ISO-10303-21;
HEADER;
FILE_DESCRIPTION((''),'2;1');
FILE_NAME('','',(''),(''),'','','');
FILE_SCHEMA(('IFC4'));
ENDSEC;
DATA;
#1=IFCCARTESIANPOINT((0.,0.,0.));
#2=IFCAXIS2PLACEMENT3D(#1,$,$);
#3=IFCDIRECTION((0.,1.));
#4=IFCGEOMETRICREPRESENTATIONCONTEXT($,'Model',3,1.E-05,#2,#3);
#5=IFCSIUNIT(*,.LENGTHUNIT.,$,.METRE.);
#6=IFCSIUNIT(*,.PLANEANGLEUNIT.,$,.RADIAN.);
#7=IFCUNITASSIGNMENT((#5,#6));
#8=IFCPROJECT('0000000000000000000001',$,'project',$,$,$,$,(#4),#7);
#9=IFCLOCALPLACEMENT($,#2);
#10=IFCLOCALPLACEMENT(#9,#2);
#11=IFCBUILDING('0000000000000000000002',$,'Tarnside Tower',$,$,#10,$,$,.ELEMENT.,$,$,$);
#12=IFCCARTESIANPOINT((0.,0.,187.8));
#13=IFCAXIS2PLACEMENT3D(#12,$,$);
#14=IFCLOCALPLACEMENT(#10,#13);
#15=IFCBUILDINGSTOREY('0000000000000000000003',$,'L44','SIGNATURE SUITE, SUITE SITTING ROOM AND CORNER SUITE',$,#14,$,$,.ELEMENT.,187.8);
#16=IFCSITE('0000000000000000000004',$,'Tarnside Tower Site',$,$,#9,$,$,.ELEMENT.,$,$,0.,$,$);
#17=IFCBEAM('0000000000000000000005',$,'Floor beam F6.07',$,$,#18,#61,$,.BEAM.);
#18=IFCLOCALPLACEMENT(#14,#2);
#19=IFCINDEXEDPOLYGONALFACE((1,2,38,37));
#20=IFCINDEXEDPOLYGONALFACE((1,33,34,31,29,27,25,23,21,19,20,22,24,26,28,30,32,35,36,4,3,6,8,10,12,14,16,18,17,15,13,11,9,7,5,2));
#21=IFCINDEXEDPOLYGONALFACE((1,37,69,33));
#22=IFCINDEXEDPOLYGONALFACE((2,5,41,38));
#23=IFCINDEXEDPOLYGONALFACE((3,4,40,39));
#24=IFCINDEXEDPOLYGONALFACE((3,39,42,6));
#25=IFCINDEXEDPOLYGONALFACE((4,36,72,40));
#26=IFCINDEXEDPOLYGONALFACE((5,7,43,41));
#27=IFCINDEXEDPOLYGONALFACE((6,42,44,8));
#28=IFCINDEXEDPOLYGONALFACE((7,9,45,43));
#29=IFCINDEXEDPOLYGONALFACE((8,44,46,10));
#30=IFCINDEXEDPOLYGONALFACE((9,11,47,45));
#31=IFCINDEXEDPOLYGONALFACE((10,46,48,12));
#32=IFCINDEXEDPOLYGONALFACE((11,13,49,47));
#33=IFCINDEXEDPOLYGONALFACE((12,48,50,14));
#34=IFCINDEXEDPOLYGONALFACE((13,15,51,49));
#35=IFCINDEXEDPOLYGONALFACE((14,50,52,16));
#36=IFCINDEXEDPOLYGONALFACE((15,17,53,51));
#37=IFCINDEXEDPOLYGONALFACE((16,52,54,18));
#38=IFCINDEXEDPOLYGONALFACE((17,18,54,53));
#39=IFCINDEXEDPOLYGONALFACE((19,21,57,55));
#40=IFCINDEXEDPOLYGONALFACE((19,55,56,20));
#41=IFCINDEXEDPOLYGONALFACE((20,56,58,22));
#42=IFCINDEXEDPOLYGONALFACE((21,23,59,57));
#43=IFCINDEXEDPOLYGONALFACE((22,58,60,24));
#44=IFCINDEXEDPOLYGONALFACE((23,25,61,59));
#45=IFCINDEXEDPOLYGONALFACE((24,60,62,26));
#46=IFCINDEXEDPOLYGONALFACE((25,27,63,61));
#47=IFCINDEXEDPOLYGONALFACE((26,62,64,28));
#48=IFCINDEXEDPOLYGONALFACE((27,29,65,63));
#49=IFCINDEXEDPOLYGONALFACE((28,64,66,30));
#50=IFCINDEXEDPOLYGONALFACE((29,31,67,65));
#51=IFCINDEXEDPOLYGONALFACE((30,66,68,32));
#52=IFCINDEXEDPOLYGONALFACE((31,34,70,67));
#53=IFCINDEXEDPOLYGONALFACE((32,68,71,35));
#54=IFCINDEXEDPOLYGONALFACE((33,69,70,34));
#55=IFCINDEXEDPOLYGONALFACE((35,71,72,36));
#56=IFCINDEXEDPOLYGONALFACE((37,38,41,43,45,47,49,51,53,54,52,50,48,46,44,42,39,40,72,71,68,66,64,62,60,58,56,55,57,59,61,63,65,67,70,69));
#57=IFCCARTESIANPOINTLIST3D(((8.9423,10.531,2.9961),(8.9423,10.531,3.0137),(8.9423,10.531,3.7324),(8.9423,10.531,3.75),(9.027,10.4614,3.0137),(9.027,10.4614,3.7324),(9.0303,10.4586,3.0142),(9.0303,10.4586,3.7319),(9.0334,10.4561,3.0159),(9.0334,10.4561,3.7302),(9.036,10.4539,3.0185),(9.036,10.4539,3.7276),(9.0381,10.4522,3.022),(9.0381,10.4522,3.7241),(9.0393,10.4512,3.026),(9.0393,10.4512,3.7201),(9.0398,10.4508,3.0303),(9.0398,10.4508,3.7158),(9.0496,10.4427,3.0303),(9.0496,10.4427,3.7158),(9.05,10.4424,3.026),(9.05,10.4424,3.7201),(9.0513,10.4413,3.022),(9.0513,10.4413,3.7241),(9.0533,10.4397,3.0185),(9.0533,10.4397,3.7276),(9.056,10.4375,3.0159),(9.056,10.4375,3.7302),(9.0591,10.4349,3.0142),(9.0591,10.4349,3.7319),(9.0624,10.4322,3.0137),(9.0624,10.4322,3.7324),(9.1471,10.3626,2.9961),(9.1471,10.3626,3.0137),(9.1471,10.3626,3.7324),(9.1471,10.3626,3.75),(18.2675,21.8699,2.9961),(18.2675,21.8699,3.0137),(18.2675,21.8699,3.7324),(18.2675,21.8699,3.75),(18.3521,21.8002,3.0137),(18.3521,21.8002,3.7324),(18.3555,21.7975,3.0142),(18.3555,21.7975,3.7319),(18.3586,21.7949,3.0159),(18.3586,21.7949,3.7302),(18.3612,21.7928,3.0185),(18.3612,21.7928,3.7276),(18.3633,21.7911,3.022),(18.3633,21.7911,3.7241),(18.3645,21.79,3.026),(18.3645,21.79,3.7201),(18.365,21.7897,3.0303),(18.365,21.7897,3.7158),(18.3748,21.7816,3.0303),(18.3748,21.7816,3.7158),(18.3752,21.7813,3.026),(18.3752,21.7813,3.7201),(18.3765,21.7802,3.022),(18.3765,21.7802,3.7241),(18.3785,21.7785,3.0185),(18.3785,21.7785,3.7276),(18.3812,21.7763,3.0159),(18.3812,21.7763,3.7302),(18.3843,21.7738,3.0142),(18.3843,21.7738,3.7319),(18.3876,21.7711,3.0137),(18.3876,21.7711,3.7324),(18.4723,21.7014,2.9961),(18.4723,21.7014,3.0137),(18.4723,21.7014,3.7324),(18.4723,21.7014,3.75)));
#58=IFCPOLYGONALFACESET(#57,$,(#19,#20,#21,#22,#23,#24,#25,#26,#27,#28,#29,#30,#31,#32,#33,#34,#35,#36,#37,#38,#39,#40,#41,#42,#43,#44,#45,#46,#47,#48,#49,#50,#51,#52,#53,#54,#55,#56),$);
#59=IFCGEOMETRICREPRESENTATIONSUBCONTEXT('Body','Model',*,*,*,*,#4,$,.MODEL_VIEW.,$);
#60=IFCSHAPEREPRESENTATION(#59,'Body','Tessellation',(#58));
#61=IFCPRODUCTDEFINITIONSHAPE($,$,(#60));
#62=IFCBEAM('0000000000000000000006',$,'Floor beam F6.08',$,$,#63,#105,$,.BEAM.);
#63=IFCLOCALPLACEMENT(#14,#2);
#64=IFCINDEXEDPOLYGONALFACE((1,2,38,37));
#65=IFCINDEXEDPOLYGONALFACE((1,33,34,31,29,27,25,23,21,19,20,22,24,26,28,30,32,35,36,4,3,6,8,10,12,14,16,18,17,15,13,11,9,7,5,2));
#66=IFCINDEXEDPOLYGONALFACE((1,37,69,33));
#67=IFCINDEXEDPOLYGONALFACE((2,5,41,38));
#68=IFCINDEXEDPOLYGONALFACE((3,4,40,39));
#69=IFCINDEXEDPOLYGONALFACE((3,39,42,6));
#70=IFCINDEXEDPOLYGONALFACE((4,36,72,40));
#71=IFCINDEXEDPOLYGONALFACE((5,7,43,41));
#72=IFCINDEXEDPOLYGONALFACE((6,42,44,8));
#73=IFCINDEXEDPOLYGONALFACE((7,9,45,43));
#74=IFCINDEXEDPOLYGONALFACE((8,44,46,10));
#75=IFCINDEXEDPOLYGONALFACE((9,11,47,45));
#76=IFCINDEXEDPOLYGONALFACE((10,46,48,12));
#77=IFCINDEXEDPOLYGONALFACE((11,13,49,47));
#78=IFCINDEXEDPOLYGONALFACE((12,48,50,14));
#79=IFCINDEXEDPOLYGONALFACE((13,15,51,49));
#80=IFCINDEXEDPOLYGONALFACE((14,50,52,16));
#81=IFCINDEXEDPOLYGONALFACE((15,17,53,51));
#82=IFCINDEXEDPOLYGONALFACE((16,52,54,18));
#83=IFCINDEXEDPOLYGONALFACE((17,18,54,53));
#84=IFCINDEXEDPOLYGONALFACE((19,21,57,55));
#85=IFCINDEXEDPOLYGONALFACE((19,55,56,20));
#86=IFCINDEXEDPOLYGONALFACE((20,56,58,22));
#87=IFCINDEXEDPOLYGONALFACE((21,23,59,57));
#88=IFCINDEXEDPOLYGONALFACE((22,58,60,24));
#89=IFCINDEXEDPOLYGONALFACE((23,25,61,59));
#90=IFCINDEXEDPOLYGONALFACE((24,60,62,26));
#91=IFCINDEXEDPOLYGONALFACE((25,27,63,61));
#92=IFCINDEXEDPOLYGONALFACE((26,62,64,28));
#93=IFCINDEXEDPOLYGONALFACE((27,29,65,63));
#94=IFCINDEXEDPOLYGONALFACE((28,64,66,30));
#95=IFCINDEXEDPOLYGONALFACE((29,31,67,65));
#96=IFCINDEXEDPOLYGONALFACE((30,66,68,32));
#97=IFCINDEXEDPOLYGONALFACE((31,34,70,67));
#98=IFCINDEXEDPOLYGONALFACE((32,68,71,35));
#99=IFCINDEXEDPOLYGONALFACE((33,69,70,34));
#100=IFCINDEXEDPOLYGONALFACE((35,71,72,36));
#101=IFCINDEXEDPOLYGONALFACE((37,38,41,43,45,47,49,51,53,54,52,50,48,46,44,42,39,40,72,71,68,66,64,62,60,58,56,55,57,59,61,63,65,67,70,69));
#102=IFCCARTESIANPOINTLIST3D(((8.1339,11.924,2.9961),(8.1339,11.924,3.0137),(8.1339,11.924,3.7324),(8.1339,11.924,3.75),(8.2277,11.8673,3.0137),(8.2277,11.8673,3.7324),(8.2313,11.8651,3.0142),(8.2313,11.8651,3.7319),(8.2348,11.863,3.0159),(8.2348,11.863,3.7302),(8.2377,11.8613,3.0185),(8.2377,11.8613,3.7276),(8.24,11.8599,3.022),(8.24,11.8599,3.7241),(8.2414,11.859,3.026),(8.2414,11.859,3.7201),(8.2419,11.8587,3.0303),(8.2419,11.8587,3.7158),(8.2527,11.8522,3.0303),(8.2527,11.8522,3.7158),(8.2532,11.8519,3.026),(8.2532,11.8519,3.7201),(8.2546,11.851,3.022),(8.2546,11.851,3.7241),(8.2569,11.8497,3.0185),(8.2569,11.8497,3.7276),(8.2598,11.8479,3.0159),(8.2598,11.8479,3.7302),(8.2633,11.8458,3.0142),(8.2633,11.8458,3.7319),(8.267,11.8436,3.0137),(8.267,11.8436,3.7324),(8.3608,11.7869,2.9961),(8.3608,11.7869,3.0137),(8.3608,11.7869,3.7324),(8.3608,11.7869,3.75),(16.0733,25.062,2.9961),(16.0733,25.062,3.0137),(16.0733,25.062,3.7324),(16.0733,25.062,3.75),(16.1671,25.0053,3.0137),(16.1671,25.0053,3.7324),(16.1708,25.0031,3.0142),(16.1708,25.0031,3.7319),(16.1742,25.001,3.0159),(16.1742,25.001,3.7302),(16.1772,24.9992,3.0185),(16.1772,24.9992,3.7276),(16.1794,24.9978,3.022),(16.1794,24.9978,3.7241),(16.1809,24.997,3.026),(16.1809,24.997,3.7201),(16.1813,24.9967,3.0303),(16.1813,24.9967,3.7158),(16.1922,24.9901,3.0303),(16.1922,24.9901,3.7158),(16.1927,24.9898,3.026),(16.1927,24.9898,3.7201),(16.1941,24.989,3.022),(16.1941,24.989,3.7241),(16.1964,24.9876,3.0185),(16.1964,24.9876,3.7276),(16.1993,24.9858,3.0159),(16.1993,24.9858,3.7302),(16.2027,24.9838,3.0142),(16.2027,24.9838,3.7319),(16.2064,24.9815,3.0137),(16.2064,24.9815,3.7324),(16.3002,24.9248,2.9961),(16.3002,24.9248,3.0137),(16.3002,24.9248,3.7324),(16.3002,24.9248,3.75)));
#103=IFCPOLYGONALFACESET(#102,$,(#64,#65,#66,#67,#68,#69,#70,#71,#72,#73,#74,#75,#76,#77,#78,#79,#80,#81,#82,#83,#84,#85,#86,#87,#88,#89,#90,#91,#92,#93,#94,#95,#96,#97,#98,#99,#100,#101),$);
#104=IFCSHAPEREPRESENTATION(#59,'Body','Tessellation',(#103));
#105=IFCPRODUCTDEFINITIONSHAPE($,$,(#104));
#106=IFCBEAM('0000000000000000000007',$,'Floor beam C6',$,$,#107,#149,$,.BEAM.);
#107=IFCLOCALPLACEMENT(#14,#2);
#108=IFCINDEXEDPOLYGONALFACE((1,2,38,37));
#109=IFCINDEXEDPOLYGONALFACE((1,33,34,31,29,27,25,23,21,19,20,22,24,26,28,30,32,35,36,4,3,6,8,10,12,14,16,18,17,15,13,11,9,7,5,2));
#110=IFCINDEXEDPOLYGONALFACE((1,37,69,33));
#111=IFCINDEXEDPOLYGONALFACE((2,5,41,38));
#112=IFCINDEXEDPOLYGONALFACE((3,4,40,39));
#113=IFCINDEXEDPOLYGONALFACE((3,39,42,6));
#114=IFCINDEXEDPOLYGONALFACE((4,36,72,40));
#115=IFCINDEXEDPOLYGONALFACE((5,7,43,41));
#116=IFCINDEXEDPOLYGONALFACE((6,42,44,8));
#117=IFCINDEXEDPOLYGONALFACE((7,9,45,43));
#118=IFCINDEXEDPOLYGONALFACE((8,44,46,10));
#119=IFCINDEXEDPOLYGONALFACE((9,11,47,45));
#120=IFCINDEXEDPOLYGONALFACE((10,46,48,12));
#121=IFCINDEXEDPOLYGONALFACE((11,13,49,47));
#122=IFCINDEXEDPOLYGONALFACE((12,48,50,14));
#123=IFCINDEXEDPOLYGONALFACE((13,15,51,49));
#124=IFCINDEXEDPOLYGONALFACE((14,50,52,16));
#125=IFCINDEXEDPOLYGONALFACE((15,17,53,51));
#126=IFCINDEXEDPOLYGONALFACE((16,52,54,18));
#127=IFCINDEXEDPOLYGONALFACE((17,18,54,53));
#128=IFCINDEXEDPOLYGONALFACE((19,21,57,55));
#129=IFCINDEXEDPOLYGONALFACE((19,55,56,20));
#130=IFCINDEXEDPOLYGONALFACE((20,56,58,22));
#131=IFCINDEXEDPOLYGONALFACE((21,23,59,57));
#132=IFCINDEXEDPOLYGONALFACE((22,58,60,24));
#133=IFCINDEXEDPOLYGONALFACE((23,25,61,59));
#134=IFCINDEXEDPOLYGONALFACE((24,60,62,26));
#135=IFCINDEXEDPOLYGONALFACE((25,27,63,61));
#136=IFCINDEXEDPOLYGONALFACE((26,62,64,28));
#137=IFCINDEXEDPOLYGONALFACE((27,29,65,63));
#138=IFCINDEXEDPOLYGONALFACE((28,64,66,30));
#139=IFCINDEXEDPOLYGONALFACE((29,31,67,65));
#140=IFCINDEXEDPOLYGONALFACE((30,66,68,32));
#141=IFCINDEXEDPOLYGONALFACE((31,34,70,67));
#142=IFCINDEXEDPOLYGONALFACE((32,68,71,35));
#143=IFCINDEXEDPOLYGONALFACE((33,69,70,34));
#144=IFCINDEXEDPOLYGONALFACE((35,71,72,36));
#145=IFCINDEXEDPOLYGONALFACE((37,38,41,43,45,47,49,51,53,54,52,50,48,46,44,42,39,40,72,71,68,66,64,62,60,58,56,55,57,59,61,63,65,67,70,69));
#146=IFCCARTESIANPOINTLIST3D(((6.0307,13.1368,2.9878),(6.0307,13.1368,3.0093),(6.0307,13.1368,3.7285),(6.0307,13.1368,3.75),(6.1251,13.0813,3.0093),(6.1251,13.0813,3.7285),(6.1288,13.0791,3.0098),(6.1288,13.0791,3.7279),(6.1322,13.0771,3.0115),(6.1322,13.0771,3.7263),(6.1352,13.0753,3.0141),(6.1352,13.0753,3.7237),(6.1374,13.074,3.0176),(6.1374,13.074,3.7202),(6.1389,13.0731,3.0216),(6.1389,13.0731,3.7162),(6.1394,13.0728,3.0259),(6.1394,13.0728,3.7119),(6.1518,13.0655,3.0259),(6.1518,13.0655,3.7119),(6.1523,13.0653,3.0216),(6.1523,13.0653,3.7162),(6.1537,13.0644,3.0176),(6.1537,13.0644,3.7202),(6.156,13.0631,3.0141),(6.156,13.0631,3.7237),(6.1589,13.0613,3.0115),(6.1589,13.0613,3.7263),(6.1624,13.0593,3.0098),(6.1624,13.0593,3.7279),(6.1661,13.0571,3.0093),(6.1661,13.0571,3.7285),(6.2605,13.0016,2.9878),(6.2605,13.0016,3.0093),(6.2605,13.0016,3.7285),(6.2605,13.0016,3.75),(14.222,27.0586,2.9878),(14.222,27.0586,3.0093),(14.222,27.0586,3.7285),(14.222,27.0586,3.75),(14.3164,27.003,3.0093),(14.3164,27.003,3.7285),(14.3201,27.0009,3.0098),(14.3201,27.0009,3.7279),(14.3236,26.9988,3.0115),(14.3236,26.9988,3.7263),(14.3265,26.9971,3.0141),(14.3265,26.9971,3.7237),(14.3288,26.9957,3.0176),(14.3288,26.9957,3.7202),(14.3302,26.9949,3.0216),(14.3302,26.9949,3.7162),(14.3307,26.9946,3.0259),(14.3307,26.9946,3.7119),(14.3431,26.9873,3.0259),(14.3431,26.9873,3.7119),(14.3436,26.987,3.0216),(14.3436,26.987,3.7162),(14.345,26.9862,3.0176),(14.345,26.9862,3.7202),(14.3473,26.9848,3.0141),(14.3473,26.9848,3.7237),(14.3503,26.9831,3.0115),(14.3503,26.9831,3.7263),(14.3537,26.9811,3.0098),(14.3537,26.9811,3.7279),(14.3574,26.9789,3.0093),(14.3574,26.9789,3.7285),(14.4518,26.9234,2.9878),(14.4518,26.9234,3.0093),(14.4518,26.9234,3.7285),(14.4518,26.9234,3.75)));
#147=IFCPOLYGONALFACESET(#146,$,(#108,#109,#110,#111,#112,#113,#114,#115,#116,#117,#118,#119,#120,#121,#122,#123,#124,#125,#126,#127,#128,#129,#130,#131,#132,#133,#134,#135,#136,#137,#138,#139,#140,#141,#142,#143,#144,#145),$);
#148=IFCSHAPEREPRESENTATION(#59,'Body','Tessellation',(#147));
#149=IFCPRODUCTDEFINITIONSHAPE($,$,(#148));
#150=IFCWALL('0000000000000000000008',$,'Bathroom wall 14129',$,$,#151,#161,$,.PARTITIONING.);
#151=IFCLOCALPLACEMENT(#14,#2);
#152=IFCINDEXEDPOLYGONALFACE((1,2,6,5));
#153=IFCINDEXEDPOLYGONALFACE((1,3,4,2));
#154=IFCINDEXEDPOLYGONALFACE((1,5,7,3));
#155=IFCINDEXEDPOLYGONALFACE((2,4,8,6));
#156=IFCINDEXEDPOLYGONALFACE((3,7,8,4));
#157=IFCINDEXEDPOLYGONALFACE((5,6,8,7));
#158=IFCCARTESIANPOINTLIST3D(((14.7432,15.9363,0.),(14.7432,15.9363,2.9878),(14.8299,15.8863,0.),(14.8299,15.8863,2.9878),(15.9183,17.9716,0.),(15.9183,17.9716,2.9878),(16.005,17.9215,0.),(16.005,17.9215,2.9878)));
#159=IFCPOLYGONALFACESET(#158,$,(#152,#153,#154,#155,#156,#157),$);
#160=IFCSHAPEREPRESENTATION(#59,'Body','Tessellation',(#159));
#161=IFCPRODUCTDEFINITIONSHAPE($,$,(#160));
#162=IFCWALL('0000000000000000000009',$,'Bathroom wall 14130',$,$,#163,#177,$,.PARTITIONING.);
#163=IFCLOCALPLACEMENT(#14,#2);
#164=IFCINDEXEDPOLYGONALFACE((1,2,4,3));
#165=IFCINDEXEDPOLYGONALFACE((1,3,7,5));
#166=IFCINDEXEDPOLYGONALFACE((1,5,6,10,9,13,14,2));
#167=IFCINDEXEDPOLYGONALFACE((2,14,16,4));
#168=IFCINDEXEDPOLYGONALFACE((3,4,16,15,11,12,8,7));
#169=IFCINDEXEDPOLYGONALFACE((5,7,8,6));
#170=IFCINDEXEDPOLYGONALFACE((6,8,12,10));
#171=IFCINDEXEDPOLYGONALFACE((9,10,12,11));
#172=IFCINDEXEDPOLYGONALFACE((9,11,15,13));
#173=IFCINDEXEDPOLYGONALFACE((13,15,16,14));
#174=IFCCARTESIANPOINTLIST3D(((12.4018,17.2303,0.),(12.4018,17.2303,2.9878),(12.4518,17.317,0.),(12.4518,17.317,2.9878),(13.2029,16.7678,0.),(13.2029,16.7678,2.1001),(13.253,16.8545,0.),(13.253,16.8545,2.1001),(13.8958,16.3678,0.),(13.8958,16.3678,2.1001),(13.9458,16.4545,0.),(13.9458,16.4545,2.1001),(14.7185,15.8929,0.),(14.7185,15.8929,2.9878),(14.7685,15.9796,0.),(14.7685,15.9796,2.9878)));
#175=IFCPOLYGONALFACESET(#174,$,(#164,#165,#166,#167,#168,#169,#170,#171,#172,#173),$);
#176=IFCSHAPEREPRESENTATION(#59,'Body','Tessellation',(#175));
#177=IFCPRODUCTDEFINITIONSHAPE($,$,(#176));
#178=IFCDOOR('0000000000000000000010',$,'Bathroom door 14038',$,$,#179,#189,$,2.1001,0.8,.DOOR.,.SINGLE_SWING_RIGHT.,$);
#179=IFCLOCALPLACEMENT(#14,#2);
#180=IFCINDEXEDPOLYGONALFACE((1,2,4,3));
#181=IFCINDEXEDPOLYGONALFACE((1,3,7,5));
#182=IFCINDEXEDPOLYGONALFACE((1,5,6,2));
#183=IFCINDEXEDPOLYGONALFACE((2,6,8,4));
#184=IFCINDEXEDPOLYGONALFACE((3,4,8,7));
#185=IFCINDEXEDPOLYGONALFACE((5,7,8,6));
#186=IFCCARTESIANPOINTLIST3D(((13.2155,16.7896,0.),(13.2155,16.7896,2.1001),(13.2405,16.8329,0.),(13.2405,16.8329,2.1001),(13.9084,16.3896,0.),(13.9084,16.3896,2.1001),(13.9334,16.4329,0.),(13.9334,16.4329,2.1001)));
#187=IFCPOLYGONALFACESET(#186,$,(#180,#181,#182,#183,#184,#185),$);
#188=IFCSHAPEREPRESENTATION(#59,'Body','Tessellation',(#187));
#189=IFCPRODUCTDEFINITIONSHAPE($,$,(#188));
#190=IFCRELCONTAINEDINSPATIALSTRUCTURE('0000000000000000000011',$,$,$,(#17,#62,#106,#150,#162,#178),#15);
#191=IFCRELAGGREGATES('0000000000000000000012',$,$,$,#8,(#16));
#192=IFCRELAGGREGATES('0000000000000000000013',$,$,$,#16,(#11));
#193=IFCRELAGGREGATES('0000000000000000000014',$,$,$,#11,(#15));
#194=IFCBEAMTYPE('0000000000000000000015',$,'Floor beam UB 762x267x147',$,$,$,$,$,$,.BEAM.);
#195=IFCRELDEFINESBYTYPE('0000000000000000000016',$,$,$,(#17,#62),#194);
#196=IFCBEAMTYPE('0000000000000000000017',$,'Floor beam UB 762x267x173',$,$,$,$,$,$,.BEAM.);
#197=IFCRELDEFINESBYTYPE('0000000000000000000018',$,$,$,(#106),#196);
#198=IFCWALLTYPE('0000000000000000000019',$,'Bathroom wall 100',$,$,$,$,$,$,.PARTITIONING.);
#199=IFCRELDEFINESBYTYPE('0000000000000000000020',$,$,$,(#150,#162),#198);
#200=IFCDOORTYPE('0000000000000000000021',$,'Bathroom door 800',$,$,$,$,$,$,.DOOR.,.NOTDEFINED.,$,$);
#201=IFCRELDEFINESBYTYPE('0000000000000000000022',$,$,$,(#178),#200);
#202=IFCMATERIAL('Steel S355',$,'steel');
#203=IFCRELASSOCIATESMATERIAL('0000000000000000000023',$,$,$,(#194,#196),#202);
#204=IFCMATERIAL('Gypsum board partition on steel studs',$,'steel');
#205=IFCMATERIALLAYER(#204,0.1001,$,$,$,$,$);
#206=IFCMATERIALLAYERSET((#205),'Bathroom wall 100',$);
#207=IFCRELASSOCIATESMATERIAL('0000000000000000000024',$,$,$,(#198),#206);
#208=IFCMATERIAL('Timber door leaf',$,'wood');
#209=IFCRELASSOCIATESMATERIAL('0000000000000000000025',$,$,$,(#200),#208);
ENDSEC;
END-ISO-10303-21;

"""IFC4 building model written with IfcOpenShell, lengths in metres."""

from ifc_helpers import new_model, si_unit, direction, frame, frame_2d, origin, origin_2d, place, context, subcontext, project, spatial, rectangle, i_section, extrude, material, layer, layer_set, material_profile, profile_set, type_object, element, fill, save


model = new_model("IFC4")

# Units and contexts
model_context = context("Model", 3, precision=1e-05, world=origin(), true_north=direction((0.0, 1.0)))
body_context = subcontext(model_context, "Body", "Model", "MODEL_VIEW")
ifc_project = project(units=[si_unit("LENGTHUNIT", "METRE"), si_unit("PLANEANGLEUNIT", "RADIAN")], contexts=[model_context])

# Site, building, storey
site_placement = place(None, origin())
site = spatial("IfcSite", under=ifc_project, at=site_placement, Name="Tarnside Tower Site", CompositionType="ELEMENT", RefElevation=0.0)
building_placement = place(site_placement, origin())
building = spatial("IfcBuilding", under=site, at=building_placement, Name="Tarnside Tower", CompositionType="ELEMENT")
storey_placement = place(building_placement, frame((0.0, 0.0, 187.8)))
storey = spatial("IfcBuildingStorey", under=building, at=storey_placement, Name="L44", Description="SIGNATURE SUITE, SUITE SITTING ROOM AND CORNER SUITE", CompositionType="ELEMENT", Elevation=187.8)

# Beams
ifc_material_1 = material(Name="Steel S355", Category="steel")
ifc_material_profile_1 = material_profile(ifc_material_1, i_section(OverallWidth=0.2651, OverallDepth=0.7539, WebThickness=0.0127, FlangeThickness=0.0176, FilletRadius=0.0166, at=origin_2d()), Name="UB 762x267x147")
ifc_profile_set_1 = profile_set([ifc_material_profile_1], Name="Steel S355")
beam_type_1 = type_object("IfcBeamType", Name="Floor beam UB 762x267x147", PredefinedType="BEAM", material=ifc_profile_set_1)
beam_1_placement = place(storey_placement, frame((18.3699, 21.7856, 3.373), z_axis=(-0.635192, -0.772354, 0.0), x_axis=(0.772354, -0.635192, 0.0)))
element("IfcBeam", 1, at=beam_1_placement, inside=storey, type_object=beam_type_1, Name="Floor beam F6.07", PredefinedType="BEAM", context=body_context, shape_type="SweptSolid", body=[
    extrude(i_section(OverallWidth=0.2651, OverallDepth=0.7539, WebThickness=0.0127, FlangeThickness=0.0176, FilletRadius=0.0166, at=origin_2d()), origin(), (0.0, 0.0, 1.0), 14.6809),
])
beam_2_placement = place(storey_placement, frame((16.1868, 24.9934, 3.373), z_axis=(-0.517209, -0.855859, 0.0), x_axis=(0.855859, -0.517209, 0.0)))
element("IfcBeam", 2, at=beam_2_placement, inside=storey, type_object=beam_type_1, Name="Floor beam F6.08", PredefinedType="BEAM", context=body_context, shape_type="SweptSolid", body=[
    extrude(i_section(OverallWidth=0.2651, OverallDepth=0.7539, WebThickness=0.0127, FlangeThickness=0.0176, FilletRadius=0.0166, at=origin_2d()), origin(), (0.0, 0.0, 1.0), 15.3506),
])
ifc_material_profile_2 = material_profile(ifc_material_1, i_section(OverallWidth=0.2666, OverallDepth=0.7622, WebThickness=0.0144, FlangeThickness=0.0215, FilletRadius=0.0166, at=origin_2d()), Name="UB 762x267x173")
ifc_profile_set_2 = profile_set([ifc_material_profile_2], Name="Steel S355")
beam_type_2 = type_object("IfcBeamType", Name="Floor beam UB 762x267x173", PredefinedType="BEAM", material=ifc_profile_set_2)
beam_3_placement = place(storey_placement, frame((14.3369, 26.991, 3.3689), z_axis=(-0.507115, -0.861878, 0.0), x_axis=(0.861878, -0.507115, 0.0)))
element("IfcBeam", 3, at=beam_3_placement, inside=storey, type_object=beam_type_2, Name="Floor beam C6", PredefinedType="BEAM", context=body_context, shape_type="SweptSolid", body=[
    extrude(i_section(OverallWidth=0.2666, OverallDepth=0.7622, WebThickness=0.0144, FlangeThickness=0.0215, FilletRadius=0.0166, at=origin_2d()), origin(), (0.0, 0.0, 1.0), 16.1528),
])

# Wall
ifc_material_2 = material(Name="Gypsum board partition on steel studs", Category="steel")
ifc_layer_1 = layer(ifc_material_2, 0.1001)
ifc_layer_set_1 = layer_set([ifc_layer_1], Name="Bathroom wall 100")
wall_type_1 = type_object("IfcWallType", Name="Bathroom wall 100", PredefinedType="PARTITIONING", material=ifc_layer_set_1)
wall_1_placement = place(storey_placement, frame((15.9617, 17.9465, 0.0), z_axis=(0.0, 0.0, 1.0), x_axis=(-0.500016, -0.866016, 0.0)))
element("IfcWall", 4, at=wall_1_placement, inside=storey, type_object=wall_type_1, Name="Bathroom wall 14129", PredefinedType="PARTITIONING", context=body_context, shape_type="SweptSolid", body=[
    extrude(rectangle(XDim=2.3501, YDim=0.1001, at=frame_2d((1.175, 0.0))), origin(), (0.0, 0.0, 1.0), 2.9878),
])

# Wall, opening, door
wall_2_placement = place(storey_placement, frame((14.7434, 15.9363, 0.0), z_axis=(0.0, 0.0, 1.0), x_axis=(-0.866044, 0.499967, 0.0)))
wall_2 = element("IfcWall", 5, at=wall_2_placement, inside=storey, type_object=wall_type_1, Name="Bathroom wall 14130", PredefinedType="PARTITIONING", context=body_context, shape_type="SweptSolid", body=[
    extrude(rectangle(XDim=2.675, YDim=0.1001, at=frame_2d((1.3374, 0.0))), origin(), (0.0, 0.0, 1.0), 2.9878),
])
opening_1_placement = place(wall_2_placement, frame((0.95, 0.0, 0.0)))
opening_1 = element("IfcOpeningElement", 6, at=opening_1_placement, cuts=wall_2, PredefinedType="OPENING", context=body_context, shape_type="SweptSolid", body=[
    extrude(rectangle(XDim=0.8, YDim=2.1001, at=frame_2d((0.3999, 1.05))), frame((0.0, 0.0601, 0.0), z_axis=(0.0, -1.0, 0.0), x_axis=(1.0, 0.0, 0.0)), (0.0, 0.0, 1.0), 0.1201),
])
ifc_material_3 = material(Name="Timber door leaf", Category="wood")
door_type_1 = type_object("IfcDoorType", Name="Bathroom door 800", OperationType="NOTDEFINED", PredefinedType="DOOR", material=ifc_material_3)
door_1_placement = place(opening_1_placement, origin())
door_1 = element("IfcDoor", 7, at=door_1_placement, inside=storey, type_object=door_type_1, Name="Bathroom door 14038", OperationType="SINGLE_SWING_RIGHT", OverallHeight=2.1001, OverallWidth=0.8, PredefinedType="DOOR", context=body_context, shape_type="SweptSolid", body=[
    extrude(rectangle(XDim=0.8, YDim=2.1001, at=frame_2d((0.3999, 1.05))), frame((0.0, 0.0249, 0.0), z_axis=(0.0, -1.0, 0.0), x_axis=(1.0, 0.0, 0.0)), (0.0, 0.0, 1.0), 0.05),
])
fill(opening_1, door_1)

save(model, "model.ifc")
